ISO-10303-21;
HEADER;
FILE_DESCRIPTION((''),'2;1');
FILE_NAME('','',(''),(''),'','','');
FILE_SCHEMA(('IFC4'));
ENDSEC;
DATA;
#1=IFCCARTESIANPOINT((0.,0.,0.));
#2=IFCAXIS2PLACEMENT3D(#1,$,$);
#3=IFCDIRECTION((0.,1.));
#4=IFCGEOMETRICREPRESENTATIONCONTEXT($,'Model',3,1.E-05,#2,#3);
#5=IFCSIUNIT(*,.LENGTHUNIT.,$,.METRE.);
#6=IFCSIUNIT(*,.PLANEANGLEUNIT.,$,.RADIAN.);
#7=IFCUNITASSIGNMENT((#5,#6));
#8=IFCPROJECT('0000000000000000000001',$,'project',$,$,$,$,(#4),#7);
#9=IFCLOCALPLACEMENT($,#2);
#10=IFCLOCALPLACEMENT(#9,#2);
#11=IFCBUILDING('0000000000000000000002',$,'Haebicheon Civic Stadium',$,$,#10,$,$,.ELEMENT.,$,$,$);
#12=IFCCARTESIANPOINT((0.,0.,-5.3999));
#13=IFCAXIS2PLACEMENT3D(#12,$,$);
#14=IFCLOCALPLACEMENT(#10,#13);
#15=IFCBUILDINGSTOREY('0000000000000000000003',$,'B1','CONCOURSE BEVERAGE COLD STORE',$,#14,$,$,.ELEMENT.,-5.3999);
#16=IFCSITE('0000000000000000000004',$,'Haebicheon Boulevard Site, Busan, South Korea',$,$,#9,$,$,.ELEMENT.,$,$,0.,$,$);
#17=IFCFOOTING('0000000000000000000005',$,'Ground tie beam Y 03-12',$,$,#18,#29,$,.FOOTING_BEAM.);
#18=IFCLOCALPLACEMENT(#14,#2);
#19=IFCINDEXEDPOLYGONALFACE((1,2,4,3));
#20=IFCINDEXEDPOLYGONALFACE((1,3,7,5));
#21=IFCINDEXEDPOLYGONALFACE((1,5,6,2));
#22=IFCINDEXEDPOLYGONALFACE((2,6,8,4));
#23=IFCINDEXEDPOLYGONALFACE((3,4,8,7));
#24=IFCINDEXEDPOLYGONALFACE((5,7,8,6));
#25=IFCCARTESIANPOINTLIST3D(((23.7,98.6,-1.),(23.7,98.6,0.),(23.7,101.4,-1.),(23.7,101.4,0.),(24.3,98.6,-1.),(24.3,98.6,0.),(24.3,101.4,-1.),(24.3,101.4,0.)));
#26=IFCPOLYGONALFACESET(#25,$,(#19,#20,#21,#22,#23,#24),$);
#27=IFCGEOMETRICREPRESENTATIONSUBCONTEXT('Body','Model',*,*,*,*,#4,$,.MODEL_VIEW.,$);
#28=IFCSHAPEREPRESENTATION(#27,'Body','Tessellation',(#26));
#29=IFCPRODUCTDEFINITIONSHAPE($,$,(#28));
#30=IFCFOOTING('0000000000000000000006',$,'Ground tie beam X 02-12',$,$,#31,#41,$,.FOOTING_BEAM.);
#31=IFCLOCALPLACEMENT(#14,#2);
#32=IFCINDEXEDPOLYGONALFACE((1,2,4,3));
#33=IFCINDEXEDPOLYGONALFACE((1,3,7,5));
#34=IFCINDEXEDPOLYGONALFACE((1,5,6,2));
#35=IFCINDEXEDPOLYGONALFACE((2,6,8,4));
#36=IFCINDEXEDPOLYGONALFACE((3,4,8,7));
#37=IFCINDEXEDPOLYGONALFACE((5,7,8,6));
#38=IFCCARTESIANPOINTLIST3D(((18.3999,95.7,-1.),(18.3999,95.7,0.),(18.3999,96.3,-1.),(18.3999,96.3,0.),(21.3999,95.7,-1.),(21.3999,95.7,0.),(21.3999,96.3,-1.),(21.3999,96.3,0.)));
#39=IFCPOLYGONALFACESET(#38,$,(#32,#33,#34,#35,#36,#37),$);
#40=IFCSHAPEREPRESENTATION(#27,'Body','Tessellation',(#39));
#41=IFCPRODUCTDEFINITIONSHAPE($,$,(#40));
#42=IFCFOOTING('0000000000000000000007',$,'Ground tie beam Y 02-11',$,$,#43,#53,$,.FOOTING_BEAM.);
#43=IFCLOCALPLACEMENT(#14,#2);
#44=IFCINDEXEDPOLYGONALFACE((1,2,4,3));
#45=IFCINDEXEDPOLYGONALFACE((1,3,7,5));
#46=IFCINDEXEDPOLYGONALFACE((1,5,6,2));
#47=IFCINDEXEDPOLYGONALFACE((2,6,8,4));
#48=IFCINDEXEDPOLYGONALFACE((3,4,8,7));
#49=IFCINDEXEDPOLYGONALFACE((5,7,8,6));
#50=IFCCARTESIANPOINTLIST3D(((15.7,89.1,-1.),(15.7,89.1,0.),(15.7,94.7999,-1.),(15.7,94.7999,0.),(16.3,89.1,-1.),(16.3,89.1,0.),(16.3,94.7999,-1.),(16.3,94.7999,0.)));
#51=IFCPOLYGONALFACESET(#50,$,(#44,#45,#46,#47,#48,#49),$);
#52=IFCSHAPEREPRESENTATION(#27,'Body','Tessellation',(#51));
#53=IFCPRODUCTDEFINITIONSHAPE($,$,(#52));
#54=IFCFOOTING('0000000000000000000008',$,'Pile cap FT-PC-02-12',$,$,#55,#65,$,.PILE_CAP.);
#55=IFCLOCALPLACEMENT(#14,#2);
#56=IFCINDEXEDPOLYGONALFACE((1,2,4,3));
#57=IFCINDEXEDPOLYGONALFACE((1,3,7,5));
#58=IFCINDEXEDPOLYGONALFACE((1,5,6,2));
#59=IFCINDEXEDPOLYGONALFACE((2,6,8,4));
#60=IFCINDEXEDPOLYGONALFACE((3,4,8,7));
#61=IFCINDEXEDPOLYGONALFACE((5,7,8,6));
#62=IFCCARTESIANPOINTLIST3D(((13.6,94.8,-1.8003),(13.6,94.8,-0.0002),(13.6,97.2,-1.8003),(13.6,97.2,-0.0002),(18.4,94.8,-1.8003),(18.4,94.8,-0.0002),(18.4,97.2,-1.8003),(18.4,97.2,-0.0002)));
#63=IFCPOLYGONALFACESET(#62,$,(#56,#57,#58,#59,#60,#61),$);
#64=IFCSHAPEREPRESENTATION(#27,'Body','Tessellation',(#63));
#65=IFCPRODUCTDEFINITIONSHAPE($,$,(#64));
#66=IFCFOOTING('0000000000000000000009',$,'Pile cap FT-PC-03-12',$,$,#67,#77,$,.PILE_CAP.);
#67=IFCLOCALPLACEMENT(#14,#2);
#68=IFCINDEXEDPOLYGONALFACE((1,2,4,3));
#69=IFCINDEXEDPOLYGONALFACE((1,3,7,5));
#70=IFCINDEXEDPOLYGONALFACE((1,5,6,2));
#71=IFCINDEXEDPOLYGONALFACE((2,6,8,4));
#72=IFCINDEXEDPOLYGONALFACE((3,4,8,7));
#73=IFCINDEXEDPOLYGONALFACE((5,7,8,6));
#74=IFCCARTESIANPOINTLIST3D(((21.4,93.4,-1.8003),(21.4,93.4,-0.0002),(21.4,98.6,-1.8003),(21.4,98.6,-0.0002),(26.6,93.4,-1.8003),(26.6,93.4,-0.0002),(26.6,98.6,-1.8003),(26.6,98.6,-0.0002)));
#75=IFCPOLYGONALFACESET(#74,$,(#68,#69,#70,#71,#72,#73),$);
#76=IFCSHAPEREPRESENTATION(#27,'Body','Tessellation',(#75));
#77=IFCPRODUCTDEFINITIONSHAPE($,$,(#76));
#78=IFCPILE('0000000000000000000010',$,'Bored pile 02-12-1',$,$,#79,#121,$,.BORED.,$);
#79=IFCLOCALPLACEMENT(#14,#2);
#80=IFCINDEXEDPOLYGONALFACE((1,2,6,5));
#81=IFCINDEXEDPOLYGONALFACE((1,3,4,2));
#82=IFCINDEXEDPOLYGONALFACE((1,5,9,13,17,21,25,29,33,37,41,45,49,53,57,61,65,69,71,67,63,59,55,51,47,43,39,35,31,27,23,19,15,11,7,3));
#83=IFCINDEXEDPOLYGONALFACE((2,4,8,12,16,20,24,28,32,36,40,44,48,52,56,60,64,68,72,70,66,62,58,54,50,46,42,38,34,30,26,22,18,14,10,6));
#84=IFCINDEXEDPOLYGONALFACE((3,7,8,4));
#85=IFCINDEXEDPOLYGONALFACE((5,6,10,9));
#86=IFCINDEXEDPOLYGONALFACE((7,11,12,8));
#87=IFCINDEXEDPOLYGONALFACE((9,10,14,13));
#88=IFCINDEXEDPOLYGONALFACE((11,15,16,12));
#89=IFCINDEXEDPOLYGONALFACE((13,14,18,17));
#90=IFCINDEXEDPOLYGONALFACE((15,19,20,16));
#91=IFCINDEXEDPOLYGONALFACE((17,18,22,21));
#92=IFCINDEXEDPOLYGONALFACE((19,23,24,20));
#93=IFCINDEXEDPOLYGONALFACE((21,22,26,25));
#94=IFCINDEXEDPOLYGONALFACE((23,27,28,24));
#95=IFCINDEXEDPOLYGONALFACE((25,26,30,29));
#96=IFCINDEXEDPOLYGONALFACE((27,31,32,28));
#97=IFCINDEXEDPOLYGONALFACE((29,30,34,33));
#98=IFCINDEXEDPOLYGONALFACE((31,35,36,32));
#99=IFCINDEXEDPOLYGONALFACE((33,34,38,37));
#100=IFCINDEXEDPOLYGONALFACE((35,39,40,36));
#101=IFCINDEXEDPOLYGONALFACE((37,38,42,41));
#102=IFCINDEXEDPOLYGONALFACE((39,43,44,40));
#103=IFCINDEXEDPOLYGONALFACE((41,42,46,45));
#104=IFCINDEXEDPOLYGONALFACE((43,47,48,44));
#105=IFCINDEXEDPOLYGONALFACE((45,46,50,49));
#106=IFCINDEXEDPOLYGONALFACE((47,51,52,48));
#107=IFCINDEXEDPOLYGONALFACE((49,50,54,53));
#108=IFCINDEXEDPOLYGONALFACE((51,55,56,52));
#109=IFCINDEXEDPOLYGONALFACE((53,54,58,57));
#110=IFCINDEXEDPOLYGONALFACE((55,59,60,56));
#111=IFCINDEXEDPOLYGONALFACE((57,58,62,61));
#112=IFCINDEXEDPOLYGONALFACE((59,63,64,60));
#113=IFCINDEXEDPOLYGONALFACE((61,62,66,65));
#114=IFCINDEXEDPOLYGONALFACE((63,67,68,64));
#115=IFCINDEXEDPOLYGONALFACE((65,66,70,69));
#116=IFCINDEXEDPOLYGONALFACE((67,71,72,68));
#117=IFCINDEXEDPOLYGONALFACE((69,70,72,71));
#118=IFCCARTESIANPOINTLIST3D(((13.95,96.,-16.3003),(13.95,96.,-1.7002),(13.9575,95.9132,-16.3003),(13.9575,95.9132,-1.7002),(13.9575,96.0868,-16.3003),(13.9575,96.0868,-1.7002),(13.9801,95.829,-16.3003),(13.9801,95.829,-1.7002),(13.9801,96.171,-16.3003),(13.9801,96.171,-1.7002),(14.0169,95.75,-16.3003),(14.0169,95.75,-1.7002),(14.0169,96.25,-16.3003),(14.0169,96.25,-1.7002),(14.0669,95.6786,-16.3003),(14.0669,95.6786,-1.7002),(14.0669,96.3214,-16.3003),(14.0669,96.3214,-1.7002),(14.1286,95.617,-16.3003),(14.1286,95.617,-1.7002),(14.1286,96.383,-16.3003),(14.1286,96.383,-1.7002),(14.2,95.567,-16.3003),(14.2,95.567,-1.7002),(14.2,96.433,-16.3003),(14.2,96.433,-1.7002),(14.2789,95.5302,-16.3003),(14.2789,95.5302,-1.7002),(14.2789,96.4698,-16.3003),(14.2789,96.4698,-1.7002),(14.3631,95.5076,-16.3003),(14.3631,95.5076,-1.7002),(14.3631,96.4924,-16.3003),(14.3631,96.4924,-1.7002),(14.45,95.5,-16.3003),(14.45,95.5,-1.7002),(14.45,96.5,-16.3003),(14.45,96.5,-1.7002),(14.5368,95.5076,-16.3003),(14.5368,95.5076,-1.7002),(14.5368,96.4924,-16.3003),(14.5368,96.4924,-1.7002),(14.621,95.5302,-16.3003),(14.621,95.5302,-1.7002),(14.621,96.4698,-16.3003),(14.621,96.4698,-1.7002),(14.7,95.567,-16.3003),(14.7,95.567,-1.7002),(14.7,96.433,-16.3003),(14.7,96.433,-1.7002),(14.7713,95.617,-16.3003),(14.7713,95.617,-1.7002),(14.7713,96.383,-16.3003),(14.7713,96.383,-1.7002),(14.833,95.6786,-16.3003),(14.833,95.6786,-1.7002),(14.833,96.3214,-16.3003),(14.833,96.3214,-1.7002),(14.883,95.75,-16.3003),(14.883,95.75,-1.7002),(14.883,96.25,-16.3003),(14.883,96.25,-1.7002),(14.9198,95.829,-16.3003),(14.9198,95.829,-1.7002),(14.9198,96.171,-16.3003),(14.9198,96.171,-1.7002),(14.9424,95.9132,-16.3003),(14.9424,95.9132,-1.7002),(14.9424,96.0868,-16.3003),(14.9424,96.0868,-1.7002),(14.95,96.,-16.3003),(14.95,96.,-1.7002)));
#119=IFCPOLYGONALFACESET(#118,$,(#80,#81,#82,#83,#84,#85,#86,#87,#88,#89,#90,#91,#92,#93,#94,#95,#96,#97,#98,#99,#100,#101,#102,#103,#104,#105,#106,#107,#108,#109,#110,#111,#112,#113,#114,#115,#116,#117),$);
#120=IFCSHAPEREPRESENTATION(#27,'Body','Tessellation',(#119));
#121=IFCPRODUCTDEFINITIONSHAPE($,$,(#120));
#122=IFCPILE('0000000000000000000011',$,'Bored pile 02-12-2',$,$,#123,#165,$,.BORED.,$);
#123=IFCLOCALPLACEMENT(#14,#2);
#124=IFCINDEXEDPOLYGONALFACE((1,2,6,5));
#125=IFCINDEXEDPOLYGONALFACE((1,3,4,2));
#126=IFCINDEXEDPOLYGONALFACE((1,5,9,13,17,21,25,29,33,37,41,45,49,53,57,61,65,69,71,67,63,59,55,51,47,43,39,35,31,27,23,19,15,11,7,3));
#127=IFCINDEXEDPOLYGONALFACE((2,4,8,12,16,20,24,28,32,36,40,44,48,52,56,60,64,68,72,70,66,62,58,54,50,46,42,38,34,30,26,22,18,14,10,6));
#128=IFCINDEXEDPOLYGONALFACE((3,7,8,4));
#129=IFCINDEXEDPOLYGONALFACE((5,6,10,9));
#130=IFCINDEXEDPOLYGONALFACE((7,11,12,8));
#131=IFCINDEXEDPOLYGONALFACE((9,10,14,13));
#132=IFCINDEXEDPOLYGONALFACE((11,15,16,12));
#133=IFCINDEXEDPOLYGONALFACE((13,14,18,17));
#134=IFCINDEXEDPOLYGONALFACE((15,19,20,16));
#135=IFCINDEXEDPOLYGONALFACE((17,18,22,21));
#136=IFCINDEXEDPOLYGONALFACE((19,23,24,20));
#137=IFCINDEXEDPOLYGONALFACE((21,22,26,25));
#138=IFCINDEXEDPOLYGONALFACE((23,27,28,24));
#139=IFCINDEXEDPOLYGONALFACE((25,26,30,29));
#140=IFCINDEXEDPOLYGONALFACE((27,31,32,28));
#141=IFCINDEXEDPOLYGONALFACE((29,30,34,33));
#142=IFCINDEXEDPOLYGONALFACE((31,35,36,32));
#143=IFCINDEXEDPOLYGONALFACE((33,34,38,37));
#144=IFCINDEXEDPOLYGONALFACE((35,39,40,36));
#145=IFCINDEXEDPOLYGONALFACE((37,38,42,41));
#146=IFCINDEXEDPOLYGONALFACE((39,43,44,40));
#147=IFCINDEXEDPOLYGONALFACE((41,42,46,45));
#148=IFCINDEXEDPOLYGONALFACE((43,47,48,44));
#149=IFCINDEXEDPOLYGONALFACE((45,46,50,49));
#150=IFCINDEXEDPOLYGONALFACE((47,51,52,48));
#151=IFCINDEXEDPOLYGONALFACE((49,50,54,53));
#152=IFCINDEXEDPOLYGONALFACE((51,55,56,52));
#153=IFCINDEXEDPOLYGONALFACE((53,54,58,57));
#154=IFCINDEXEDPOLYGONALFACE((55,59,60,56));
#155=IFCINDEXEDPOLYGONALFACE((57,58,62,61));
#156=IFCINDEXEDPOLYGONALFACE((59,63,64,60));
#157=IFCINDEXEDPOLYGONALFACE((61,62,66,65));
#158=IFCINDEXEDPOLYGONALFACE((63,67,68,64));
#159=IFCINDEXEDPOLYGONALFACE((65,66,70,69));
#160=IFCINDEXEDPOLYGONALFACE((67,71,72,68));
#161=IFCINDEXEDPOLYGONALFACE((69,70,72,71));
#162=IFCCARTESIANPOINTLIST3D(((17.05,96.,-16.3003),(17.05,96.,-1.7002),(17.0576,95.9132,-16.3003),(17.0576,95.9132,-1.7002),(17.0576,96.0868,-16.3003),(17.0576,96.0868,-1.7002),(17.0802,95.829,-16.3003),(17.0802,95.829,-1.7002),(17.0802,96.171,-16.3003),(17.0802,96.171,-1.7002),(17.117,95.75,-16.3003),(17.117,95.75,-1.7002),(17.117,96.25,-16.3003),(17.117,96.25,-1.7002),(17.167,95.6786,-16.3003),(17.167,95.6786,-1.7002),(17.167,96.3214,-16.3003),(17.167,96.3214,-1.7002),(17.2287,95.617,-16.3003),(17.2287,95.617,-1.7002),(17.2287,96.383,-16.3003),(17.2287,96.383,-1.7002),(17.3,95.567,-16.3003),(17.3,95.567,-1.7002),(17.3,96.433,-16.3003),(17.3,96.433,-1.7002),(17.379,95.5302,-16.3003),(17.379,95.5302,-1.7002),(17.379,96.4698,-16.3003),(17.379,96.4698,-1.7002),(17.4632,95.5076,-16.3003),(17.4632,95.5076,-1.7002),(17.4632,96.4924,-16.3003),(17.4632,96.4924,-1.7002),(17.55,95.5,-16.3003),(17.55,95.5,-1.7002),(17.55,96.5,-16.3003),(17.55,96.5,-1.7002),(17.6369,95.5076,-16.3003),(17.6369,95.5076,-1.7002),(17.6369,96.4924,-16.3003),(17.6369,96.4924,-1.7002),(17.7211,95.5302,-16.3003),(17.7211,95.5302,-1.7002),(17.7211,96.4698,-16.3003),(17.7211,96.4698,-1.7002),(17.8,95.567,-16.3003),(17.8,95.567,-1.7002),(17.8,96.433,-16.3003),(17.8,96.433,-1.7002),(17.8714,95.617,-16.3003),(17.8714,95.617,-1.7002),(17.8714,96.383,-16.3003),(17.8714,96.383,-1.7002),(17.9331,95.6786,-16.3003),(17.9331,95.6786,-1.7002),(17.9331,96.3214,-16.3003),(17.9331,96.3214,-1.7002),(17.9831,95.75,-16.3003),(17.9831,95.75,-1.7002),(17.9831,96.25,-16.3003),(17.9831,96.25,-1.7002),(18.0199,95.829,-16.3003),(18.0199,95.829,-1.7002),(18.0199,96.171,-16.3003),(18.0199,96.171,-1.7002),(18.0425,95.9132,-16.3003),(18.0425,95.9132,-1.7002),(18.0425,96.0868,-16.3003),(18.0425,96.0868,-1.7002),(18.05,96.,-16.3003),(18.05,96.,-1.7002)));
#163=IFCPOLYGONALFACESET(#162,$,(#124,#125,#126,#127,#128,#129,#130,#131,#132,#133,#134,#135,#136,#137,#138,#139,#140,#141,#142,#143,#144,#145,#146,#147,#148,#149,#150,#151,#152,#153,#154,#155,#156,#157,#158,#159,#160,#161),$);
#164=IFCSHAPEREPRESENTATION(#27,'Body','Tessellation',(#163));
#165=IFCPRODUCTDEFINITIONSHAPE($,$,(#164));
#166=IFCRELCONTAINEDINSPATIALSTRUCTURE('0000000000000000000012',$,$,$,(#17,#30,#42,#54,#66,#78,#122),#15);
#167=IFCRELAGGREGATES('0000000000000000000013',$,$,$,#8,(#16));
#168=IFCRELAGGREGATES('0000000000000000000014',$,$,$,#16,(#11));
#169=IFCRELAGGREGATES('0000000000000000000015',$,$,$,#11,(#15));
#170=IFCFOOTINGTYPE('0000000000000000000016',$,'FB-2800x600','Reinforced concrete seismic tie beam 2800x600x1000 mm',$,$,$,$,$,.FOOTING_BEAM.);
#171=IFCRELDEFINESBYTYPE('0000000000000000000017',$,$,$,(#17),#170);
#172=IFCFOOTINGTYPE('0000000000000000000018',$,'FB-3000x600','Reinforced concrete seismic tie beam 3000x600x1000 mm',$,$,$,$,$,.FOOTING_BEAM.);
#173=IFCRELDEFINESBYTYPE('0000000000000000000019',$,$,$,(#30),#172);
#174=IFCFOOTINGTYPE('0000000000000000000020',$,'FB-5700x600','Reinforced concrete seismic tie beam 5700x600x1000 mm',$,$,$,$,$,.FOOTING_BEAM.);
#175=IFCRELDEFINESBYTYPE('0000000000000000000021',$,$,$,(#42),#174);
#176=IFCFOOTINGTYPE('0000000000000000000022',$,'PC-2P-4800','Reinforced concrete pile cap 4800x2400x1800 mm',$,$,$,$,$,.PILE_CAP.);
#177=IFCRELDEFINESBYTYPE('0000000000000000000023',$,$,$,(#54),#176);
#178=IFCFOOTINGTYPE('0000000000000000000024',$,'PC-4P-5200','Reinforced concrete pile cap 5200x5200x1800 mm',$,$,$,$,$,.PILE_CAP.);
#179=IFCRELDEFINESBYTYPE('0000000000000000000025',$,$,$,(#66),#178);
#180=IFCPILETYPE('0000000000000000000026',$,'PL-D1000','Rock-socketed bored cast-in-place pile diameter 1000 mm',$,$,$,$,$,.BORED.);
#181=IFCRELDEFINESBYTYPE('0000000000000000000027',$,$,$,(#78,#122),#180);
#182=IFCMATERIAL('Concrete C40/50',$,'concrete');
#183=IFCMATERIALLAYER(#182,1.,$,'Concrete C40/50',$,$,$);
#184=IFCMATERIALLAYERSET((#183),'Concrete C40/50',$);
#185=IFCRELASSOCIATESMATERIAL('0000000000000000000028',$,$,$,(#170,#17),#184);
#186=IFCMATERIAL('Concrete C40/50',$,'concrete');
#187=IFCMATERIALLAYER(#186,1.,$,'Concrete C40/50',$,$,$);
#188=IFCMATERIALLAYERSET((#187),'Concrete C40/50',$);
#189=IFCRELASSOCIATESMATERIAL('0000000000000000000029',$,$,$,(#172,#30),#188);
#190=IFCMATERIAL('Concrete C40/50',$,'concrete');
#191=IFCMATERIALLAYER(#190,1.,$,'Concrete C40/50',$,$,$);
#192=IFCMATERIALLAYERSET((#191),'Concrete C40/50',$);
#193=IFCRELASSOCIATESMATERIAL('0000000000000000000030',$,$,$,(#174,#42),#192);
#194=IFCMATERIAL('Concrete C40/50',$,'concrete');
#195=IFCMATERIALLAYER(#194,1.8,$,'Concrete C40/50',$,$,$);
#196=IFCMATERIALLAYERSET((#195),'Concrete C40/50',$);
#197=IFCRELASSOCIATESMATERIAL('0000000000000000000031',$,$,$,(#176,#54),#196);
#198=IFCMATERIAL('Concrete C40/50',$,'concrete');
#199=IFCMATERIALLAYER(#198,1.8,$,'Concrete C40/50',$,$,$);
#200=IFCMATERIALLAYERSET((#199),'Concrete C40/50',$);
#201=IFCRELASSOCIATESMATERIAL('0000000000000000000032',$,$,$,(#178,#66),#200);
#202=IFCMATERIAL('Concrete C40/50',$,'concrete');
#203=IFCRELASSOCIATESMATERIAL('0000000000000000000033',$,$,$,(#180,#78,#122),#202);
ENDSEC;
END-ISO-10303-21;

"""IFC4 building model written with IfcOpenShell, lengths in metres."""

from ifc_helpers import new_model, si_unit, direction, frame, origin, origin_2d, place, context, subcontext, project, spatial, rectangle, circle, extrude, material, layer, layer_set, material_profile, profile_set, type_object, element, save


model = new_model("IFC4")

# Units and contexts
model_context = context("Model", 3, precision=1e-05, world=origin(), true_north=direction((0.0, 1.0)))
body_context = subcontext(model_context, "Body", "Model", "MODEL_VIEW")
ifc_project = project(units=[si_unit("LENGTHUNIT", "METRE"), si_unit("PLANEANGLEUNIT", "RADIAN")], contexts=[model_context])

# Site, building, storey
site_placement = place(None, origin())
site = spatial("IfcSite", under=ifc_project, at=site_placement, Name="Haebicheon Boulevard Site, Busan, South Korea", CompositionType="ELEMENT", RefElevation=0.0)
building_placement = place(site_placement, origin())
building = spatial("IfcBuilding", under=site, at=building_placement, Name="Haebicheon Civic Stadium", CompositionType="ELEMENT")
storey_placement = place(building_placement, frame((0.0, 0.0, -5.3999)))
storey = spatial("IfcBuildingStorey", under=building, at=storey_placement, Name="B1", Description="CONCOURSE BEVERAGE COLD STORE", CompositionType="ELEMENT", Elevation=-5.3999)

# Footings
ifc_material_1 = material(Name="Concrete C40/50", Category="concrete")
ifc_layer_1 = layer(ifc_material_1, 1.0, Name="Concrete C40/50")
ifc_layer_set_1 = layer_set([ifc_layer_1], Name="Concrete C40/50")
footing_type_1 = type_object("IfcFootingType", Name="FB-2800x600", Description="Reinforced concrete seismic tie beam 2800x600x1000 mm", PredefinedType="FOOTING_BEAM", material=ifc_layer_set_1)
footing_1_placement = place(storey_placement, frame((24.0, 100.0, -1.0), z_axis=(0.0, 0.0, 1.0), x_axis=(0.0, 1.0, 0.0)))
element("IfcFooting", 1, at=footing_1_placement, inside=storey, type_object=footing_type_1, material=ifc_layer_set_1, Name="Ground tie beam Y 03-12", PredefinedType="FOOTING_BEAM", context=body_context, shape_type="SweptSolid", body=[
    extrude(rectangle(XDim=2.8, YDim=0.6001, at=origin_2d()), origin(), (0.0, 0.0, 1.0), 1.0),
])
ifc_material_2 = material(Name="Concrete C40/50", Category="concrete")
ifc_layer_2 = layer(ifc_material_2, 1.0, Name="Concrete C40/50")
ifc_layer_set_2 = layer_set([ifc_layer_2], Name="Concrete C40/50")
footing_type_2 = type_object("IfcFootingType", Name="FB-3000x600", Description="Reinforced concrete seismic tie beam 3000x600x1000 mm", PredefinedType="FOOTING_BEAM", material=ifc_layer_set_2)
footing_2_placement = place(storey_placement, frame((19.8999, 96.0, -1.0), z_axis=(0.0, 0.0, 1.0), x_axis=(1.0, 0.0, 0.0)))
element("IfcFooting", 2, at=footing_2_placement, inside=storey, type_object=footing_type_2, material=ifc_layer_set_2, Name="Ground tie beam X 02-12", PredefinedType="FOOTING_BEAM", context=body_context, shape_type="SweptSolid", body=[
    extrude(rectangle(XDim=3.0, YDim=0.6001, at=origin_2d()), origin(), (0.0, 0.0, 1.0), 1.0),
])
ifc_material_3 = material(Name="Concrete C40/50", Category="concrete")
ifc_layer_3 = layer(ifc_material_3, 1.0, Name="Concrete C40/50")
ifc_layer_set_3 = layer_set([ifc_layer_3], Name="Concrete C40/50")
footing_type_3 = type_object("IfcFootingType", Name="FB-5700x600", Description="Reinforced concrete seismic tie beam 5700x600x1000 mm", PredefinedType="FOOTING_BEAM", material=ifc_layer_set_3)
footing_3_placement = place(storey_placement, frame((16.0, 91.95, -1.0), z_axis=(0.0, 0.0, 1.0), x_axis=(0.0, 1.0, 0.0)))
element("IfcFooting", 3, at=footing_3_placement, inside=storey, type_object=footing_type_3, material=ifc_layer_set_3, Name="Ground tie beam Y 02-11", PredefinedType="FOOTING_BEAM", context=body_context, shape_type="SweptSolid", body=[
    extrude(rectangle(XDim=5.7, YDim=0.6001, at=origin_2d()), origin(), (0.0, 0.0, 1.0), 1.0),
])
ifc_material_4 = material(Name="Concrete C40/50", Category="concrete")
ifc_layer_4 = layer(ifc_material_4, 1.8, Name="Concrete C40/50")
ifc_layer_set_4 = layer_set([ifc_layer_4], Name="Concrete C40/50")
footing_type_4 = type_object("IfcFootingType", Name="PC-2P-4800", Description="Reinforced concrete pile cap 4800x2400x1800 mm", PredefinedType="PILE_CAP", material=ifc_layer_set_4)
footing_4_placement = place(storey_placement, frame((16.0, 96.0, -1.8003), z_axis=(0.0, 0.0, 1.0), x_axis=(1.0, 0.0, 0.0)))
element("IfcFooting", 4, at=footing_4_placement, inside=storey, type_object=footing_type_4, material=ifc_layer_set_4, Name="Pile cap FT-PC-02-12", PredefinedType="PILE_CAP", context=body_context, shape_type="SweptSolid", body=[
    extrude(rectangle(XDim=4.8, YDim=2.3999, at=origin_2d()), origin(), (0.0, 0.0, 1.0), 1.8),
])
ifc_material_5 = material(Name="Concrete C40/50", Category="concrete")
ifc_layer_5 = layer(ifc_material_5, 1.8, Name="Concrete C40/50")
ifc_layer_set_5 = layer_set([ifc_layer_5], Name="Concrete C40/50")
footing_type_5 = type_object("IfcFootingType", Name="PC-4P-5200", Description="Reinforced concrete pile cap 5200x5200x1800 mm", PredefinedType="PILE_CAP", material=ifc_layer_set_5)
footing_5_placement = place(storey_placement, frame((24.0, 96.0, -1.8003), z_axis=(0.0, 0.0, 1.0), x_axis=(1.0, 0.0, 0.0)))
element("IfcFooting", 5, at=footing_5_placement, inside=storey, type_object=footing_type_5, material=ifc_layer_set_5, Name="Pile cap FT-PC-03-12", PredefinedType="PILE_CAP", context=body_context, shape_type="SweptSolid", body=[
    extrude(rectangle(XDim=5.2, YDim=5.2, at=origin_2d()), origin(), (0.0, 0.0, 1.0), 1.8),
])

# Piles
ifc_material_6 = material(Name="Concrete C40/50", Category="concrete")
ifc_material_profile_1 = material_profile(ifc_material_6, circle(Radius=0.5, at=origin_2d()), Name="PILE-D1000")
ifc_profile_set_1 = profile_set([ifc_material_profile_1], Name="Concrete C40/50")
pile_type_1 = type_object("IfcPileType", Name="PL-D1000", Description="Rock-socketed bored cast-in-place pile diameter 1000 mm", PredefinedType="BORED", material=ifc_profile_set_1)
for number, where, z_axis, x_axis, name in (
    (6, (14.45, 96.0, -1.7002), (0.0, 0.0, -1.0), (1.0, 0.0, 0.0), "Bored pile 02-12-1"),
    (7, (17.55, 96.0, -1.7002), (0.0, 0.0, -1.0), (1.0, 0.0, 0.0), "Bored pile 02-12-2"),
):
    element("IfcPile", number, at=place(storey_placement, frame(where, z_axis=z_axis, x_axis=x_axis)), inside=storey, type_object=pile_type_1, material=ifc_profile_set_1, Name=name, PredefinedType="BORED", context=body_context, shape_type="SweptSolid", body=[
        extrude(circle(Radius=0.5, at=origin_2d()), origin(), (0.0, 0.0, 1.0), 14.6001),
    ])

save(model, "model.ifc")
